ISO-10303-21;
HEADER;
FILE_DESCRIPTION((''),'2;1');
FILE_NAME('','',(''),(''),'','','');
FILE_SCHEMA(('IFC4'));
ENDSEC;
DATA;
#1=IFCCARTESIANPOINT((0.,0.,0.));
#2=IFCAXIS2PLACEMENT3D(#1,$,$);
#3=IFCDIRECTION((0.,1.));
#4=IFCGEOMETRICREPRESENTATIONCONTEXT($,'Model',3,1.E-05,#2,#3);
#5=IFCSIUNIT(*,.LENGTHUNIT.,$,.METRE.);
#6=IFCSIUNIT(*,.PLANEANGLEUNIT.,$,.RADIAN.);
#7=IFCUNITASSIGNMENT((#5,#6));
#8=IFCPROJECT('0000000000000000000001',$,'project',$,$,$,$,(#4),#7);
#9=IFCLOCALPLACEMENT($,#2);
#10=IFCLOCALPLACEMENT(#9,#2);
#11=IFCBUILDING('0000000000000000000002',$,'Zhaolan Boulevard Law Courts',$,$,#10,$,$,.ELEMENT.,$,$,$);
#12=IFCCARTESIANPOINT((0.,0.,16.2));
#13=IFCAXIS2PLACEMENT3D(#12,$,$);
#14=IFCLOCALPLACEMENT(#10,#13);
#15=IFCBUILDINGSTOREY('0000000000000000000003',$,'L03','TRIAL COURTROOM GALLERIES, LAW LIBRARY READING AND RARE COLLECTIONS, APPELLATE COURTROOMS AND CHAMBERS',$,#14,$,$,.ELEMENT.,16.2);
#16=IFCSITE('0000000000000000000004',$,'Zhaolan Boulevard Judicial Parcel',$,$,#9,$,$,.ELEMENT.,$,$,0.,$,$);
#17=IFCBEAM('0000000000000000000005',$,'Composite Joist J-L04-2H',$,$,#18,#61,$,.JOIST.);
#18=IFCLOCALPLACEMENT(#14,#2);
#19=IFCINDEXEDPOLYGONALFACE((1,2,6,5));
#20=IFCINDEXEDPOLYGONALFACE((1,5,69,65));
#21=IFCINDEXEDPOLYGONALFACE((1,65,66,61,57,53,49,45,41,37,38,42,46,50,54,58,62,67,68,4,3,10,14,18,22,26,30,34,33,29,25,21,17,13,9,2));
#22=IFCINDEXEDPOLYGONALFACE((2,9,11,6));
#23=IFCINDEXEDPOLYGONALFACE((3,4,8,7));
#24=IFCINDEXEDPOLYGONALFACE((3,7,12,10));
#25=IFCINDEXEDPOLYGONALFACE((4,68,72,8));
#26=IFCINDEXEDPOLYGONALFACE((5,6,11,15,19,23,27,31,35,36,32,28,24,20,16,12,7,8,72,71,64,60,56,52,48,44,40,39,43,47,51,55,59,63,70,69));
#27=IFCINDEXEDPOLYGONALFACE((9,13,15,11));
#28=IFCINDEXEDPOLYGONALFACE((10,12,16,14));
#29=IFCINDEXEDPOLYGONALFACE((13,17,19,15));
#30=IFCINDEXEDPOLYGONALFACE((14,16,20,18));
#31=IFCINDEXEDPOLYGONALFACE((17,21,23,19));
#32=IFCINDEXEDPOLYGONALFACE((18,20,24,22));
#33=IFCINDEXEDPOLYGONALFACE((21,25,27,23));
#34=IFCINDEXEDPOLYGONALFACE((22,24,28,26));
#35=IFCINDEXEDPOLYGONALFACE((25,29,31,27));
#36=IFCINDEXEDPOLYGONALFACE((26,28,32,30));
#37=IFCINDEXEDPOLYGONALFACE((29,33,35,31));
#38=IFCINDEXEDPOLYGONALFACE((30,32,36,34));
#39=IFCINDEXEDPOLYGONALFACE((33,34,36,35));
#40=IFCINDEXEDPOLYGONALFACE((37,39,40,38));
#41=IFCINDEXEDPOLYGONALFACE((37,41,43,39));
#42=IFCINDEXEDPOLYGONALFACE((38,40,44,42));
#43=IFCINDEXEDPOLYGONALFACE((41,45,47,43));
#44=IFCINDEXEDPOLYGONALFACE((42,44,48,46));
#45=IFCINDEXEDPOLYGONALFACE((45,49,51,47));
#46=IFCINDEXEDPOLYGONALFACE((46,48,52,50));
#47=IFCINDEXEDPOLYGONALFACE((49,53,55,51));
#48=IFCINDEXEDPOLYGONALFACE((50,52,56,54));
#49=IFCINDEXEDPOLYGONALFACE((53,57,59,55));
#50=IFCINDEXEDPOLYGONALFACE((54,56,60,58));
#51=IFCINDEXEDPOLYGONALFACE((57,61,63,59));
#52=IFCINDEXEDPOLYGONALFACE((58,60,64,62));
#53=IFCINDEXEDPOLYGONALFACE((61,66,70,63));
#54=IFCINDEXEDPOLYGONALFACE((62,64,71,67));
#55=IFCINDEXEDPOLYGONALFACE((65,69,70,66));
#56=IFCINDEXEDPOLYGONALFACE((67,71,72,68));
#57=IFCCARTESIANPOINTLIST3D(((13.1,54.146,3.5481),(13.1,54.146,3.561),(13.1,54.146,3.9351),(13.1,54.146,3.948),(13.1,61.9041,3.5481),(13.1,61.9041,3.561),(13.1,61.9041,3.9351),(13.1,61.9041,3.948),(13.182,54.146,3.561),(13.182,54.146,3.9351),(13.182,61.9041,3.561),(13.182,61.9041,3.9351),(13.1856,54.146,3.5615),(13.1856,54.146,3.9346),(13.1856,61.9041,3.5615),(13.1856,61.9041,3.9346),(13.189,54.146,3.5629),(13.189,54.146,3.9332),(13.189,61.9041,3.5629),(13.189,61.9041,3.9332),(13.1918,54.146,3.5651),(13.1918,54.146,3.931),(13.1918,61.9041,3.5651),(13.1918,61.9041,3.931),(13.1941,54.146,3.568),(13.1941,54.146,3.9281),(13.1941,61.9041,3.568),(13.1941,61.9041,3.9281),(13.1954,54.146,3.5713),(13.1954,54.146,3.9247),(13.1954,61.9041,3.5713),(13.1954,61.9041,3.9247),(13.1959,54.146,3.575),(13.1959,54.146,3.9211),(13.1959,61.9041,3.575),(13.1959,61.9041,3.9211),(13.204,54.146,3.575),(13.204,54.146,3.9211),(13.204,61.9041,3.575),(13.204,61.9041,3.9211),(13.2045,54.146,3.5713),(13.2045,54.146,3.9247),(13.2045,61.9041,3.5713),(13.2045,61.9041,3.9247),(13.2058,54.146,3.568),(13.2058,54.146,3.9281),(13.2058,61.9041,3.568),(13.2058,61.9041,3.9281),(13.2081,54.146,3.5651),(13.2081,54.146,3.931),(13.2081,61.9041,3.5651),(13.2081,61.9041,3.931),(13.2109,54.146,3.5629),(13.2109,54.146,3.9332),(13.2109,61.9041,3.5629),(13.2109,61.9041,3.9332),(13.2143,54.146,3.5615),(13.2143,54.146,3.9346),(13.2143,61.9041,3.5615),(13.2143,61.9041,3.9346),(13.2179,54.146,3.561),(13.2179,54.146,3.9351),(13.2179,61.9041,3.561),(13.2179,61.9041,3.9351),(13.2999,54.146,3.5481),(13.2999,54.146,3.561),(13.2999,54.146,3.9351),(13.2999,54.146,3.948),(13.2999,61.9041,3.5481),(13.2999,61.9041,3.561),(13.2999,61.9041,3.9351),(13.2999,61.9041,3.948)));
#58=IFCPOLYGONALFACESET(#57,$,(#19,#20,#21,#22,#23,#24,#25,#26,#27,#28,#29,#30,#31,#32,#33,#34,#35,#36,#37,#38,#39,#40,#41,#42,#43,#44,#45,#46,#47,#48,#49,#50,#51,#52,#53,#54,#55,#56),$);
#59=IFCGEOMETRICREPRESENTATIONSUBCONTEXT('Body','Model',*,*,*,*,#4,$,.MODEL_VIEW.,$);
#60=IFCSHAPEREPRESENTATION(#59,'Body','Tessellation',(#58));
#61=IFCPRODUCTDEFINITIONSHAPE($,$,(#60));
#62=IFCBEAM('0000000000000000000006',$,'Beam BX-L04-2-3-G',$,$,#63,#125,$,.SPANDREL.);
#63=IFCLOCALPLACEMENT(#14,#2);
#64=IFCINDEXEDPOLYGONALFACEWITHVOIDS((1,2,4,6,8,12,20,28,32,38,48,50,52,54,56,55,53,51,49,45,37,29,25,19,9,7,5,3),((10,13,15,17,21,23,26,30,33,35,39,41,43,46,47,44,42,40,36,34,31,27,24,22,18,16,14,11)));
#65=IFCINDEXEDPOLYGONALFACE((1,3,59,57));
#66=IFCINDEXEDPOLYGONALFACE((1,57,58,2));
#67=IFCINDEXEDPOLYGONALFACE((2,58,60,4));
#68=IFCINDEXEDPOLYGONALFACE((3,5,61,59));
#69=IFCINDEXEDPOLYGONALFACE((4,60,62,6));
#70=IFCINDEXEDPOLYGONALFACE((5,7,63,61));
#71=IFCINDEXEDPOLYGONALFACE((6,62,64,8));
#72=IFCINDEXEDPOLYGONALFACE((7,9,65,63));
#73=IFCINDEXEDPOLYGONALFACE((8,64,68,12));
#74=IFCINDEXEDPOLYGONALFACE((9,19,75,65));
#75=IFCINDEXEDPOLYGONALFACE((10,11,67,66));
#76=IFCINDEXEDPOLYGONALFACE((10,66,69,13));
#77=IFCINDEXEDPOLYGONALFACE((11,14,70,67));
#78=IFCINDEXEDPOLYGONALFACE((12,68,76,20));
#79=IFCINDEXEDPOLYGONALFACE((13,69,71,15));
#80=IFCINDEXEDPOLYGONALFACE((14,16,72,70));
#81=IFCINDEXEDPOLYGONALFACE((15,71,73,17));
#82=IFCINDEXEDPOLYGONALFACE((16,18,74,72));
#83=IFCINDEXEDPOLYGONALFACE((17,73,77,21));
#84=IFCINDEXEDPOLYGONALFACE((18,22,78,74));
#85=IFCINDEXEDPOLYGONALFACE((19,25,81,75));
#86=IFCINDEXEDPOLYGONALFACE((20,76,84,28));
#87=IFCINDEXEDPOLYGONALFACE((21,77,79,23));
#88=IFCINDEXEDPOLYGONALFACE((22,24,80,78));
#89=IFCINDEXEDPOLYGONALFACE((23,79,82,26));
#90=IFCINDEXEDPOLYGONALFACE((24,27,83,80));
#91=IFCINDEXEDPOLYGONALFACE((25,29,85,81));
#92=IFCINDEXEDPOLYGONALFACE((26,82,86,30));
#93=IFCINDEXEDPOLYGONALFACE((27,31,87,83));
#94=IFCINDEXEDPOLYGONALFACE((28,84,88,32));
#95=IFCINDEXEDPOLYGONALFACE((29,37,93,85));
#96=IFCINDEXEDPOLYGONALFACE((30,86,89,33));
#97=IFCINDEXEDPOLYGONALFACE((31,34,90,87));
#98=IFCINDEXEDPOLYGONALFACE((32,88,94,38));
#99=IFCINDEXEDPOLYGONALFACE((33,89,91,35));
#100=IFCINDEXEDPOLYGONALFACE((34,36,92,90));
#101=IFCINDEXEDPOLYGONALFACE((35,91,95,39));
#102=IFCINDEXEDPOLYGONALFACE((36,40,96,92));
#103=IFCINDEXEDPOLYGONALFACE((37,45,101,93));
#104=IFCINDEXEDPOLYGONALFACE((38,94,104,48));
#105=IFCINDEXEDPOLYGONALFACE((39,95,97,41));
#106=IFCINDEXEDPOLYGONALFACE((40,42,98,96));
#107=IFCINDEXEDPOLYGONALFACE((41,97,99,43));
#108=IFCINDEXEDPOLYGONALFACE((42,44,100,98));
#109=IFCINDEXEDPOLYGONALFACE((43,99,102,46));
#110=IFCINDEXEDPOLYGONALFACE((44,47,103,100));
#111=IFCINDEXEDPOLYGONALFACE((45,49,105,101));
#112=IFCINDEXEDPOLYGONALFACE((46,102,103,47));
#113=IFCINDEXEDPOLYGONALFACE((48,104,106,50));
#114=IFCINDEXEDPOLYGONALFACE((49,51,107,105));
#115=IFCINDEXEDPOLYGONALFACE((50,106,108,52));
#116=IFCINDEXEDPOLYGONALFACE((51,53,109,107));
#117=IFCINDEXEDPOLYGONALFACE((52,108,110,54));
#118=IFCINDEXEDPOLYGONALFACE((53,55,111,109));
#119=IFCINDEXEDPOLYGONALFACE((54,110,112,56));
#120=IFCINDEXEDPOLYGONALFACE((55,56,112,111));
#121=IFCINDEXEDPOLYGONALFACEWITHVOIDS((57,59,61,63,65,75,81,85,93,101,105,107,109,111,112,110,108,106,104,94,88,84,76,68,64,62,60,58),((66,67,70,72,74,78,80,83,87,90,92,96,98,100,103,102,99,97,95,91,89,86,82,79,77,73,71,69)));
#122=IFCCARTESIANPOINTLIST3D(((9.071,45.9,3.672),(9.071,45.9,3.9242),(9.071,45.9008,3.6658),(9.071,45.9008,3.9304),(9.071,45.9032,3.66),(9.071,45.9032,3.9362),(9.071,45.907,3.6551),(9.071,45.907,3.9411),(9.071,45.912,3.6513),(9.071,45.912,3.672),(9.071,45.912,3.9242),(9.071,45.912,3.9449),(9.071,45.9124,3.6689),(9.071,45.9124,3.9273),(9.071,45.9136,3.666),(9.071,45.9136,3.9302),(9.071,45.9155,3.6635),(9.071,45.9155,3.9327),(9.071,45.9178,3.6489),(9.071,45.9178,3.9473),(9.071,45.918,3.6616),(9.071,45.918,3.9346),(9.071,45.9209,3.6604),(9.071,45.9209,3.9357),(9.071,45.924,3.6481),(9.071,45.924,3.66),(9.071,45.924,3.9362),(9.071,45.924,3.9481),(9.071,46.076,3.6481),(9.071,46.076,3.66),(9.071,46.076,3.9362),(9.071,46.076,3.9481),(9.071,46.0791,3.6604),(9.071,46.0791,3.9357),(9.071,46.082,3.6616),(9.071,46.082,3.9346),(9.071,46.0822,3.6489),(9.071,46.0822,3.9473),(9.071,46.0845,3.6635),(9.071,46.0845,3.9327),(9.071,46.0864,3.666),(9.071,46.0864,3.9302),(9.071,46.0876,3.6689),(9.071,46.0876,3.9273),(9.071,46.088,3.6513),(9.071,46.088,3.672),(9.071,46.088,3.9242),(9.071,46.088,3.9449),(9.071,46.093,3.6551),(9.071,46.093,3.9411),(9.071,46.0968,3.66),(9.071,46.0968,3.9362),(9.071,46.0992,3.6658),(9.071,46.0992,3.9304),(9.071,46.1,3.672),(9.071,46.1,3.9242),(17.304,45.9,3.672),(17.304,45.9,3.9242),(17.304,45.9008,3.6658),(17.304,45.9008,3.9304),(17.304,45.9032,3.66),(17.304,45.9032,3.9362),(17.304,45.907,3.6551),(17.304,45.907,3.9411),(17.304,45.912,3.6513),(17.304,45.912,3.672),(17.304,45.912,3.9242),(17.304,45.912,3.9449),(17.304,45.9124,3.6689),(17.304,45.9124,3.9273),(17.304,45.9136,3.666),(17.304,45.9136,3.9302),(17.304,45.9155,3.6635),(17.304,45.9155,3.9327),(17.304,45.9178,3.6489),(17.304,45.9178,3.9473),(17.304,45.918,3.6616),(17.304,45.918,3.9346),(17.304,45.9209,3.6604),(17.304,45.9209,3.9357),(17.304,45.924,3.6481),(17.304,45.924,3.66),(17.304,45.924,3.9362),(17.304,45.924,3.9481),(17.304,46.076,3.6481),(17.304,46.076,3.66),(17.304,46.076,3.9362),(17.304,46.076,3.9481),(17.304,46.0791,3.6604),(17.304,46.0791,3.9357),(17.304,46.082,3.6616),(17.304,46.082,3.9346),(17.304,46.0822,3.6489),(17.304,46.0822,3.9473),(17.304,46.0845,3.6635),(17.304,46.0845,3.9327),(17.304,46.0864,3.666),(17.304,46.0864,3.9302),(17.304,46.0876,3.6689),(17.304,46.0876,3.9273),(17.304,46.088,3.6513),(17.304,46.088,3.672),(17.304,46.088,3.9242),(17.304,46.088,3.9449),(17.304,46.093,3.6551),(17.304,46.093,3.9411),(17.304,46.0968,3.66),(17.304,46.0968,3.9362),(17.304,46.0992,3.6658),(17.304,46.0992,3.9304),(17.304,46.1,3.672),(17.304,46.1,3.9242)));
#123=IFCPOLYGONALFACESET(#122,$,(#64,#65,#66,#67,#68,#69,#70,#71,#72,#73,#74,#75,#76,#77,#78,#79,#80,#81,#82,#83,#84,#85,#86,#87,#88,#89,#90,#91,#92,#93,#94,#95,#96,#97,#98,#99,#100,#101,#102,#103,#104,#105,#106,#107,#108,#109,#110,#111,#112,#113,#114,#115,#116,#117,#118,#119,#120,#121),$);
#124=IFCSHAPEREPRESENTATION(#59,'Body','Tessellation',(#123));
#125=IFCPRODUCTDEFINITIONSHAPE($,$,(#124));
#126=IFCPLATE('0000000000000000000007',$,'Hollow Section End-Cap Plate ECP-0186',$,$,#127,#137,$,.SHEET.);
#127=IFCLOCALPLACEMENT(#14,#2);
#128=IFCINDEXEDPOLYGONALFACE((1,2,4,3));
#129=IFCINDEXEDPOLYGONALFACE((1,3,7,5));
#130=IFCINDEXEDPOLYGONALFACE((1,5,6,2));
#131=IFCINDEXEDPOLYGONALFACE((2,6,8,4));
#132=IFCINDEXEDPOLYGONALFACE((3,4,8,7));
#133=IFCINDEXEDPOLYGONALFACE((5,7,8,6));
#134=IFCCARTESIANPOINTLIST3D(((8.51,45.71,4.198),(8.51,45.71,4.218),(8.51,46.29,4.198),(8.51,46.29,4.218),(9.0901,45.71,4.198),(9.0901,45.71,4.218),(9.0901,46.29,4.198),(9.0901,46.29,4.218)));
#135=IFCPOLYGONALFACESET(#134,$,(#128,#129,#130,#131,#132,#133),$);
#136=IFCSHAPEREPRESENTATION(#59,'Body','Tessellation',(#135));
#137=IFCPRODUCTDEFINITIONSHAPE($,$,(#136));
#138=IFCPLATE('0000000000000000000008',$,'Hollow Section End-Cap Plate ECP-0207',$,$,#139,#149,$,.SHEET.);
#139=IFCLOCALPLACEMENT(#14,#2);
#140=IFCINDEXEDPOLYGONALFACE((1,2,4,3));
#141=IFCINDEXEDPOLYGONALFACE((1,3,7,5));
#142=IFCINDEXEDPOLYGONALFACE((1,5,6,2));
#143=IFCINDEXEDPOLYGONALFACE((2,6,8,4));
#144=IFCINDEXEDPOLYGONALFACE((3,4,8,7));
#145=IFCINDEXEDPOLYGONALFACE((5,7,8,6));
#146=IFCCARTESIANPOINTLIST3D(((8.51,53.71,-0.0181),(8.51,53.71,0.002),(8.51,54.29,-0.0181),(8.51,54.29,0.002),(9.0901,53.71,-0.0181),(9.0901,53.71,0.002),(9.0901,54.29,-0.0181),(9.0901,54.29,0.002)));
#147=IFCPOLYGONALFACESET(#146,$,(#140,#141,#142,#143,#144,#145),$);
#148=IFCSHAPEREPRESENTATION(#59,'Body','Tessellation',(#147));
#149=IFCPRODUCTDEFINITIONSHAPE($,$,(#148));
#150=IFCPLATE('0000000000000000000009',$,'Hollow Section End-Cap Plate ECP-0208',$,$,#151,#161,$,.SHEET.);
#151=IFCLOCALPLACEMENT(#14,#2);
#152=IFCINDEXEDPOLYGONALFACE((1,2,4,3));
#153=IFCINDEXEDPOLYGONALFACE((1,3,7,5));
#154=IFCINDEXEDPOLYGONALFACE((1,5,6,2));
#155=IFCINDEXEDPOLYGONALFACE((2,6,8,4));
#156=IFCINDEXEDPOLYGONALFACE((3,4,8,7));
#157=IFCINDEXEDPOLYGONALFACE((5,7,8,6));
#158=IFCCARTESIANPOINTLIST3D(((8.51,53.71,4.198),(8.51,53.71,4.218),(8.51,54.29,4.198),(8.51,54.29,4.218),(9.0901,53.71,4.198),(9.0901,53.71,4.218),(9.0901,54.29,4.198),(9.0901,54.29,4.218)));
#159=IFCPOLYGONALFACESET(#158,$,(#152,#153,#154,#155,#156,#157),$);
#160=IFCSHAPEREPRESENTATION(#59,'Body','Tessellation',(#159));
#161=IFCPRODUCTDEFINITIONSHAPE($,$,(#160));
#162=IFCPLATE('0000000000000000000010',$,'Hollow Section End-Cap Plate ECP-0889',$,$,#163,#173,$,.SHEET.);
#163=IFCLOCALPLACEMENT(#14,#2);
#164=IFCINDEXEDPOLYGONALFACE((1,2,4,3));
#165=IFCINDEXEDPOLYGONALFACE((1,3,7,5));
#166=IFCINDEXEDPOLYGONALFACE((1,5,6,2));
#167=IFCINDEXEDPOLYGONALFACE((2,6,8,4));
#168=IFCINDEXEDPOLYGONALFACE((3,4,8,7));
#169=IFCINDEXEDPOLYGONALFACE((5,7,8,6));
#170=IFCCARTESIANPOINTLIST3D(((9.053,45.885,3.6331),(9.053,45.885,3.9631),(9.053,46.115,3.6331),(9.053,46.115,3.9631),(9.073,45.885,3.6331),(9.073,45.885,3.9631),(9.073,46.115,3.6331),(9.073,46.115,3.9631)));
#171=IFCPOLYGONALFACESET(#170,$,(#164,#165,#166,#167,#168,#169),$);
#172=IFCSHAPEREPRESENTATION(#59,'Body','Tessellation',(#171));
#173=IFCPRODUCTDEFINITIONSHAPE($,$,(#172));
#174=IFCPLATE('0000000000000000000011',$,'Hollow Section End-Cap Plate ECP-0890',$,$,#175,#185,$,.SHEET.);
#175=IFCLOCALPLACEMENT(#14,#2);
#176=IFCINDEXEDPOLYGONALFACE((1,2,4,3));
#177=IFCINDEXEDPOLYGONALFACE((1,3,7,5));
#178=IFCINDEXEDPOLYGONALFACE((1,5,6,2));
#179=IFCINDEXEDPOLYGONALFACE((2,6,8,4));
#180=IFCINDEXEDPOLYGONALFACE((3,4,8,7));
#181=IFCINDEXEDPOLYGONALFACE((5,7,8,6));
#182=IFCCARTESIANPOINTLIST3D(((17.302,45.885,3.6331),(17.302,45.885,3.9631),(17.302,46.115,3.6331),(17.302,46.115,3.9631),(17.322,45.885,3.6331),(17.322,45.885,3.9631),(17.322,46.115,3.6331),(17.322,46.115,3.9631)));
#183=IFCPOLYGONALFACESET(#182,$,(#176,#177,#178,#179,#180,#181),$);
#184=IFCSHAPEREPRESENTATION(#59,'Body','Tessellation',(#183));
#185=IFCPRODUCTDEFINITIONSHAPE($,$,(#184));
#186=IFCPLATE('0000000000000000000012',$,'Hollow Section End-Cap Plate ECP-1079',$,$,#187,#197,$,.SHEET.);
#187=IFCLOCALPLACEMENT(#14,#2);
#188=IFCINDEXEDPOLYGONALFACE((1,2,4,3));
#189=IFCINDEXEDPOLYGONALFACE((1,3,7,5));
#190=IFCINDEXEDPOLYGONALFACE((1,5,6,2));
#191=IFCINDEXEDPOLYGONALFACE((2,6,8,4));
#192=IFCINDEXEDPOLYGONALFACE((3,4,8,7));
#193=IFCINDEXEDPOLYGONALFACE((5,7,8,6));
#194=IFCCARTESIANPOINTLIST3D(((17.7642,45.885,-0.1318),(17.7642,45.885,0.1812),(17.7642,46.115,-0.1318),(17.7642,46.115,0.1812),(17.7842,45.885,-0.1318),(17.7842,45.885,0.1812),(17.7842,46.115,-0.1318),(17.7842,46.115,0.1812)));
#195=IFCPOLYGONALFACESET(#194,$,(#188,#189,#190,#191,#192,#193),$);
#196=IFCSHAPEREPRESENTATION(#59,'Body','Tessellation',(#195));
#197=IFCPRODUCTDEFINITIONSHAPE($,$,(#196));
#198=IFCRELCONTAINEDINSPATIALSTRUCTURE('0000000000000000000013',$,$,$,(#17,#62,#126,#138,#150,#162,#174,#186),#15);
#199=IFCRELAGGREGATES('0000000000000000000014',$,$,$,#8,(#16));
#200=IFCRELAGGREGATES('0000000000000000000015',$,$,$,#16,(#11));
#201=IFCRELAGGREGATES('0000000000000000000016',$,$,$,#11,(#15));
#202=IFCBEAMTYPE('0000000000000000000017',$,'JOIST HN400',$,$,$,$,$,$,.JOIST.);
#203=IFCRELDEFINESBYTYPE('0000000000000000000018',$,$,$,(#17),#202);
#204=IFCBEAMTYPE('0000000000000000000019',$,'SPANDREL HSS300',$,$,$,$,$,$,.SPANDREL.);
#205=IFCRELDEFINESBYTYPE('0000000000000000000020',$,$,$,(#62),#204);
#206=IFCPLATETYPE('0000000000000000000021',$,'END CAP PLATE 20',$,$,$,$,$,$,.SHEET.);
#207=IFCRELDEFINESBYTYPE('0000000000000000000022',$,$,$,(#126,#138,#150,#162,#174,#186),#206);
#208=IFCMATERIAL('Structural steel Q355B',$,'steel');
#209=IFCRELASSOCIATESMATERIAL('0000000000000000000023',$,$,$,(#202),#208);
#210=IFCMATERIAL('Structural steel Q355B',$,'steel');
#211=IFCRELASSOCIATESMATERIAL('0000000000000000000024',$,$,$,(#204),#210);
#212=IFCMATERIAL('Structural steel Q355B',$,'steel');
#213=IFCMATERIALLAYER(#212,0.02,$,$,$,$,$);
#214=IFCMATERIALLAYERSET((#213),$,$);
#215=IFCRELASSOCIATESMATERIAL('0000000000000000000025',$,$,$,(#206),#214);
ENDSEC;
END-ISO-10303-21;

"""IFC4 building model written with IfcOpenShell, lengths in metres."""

from ifc_helpers import new_model, si_unit, direction, frame, origin, origin_2d, place, context, subcontext, project, spatial, rectangle, hollow_rectangle, i_section, extrude, material, layer, layer_set, material_profile, profile_set, type_object, element, save


model = new_model("IFC4")

# Units and contexts
model_context = context("Model", 3, precision=1e-05, world=origin(), true_north=direction((0.0, 1.0)))
body_context = subcontext(model_context, "Body", "Model", "MODEL_VIEW")
ifc_project = project(units=[si_unit("LENGTHUNIT", "METRE"), si_unit("PLANEANGLEUNIT", "RADIAN")], contexts=[model_context])

# Site, building, storey
site_placement = place(None, origin())
site = spatial("IfcSite", under=ifc_project, at=site_placement, Name="Zhaolan Boulevard Judicial Parcel", CompositionType="ELEMENT", RefElevation=0.0)
building_placement = place(site_placement, origin())
building = spatial("IfcBuilding", under=site, at=building_placement, Name="Zhaolan Boulevard Law Courts", CompositionType="ELEMENT")
storey_placement = place(building_placement, frame((0.0, 0.0, 16.2)))
storey = spatial("IfcBuildingStorey", under=building, at=storey_placement, Name="L03", Description="TRIAL COURTROOM GALLERIES, LAW LIBRARY READING AND RARE COLLECTIONS, APPELLATE COURTROOMS AND CHAMBERS", CompositionType="ELEMENT", Elevation=16.2)

# Beams
ifc_material_1 = material(Name="Structural steel Q355B", Category="steel")
ifc_material_profile_1 = material_profile(ifc_material_1, i_section(OverallWidth=0.2, OverallDepth=0.3999, WebThickness=0.0081, FlangeThickness=0.0129, FilletRadius=0.0139, at=origin_2d()), Name="HN400x200")
ifc_profile_set_1 = profile_set([ifc_material_profile_1], Name="Structural steel Q355B")
beam_type_1 = type_object("IfcBeamType", Name="JOIST HN400", PredefinedType="JOIST", material=ifc_profile_set_1)
beam_1_placement = place(storey_placement, frame((13.2, 54.146, 3.748), z_axis=(0.0, 1.0, 0.0), x_axis=(-1.0, 0.0, 0.0)))
element("IfcBeam", 1, at=beam_1_placement, inside=storey, type_object=beam_type_1, Name="Composite Joist J-L04-2H", PredefinedType="JOIST", context=body_context, shape_type="SweptSolid", body=[
    extrude(i_section(OverallWidth=0.2, OverallDepth=0.3999, WebThickness=0.0081, FlangeThickness=0.0129, FilletRadius=0.0139, at=origin_2d()), origin(), (0.0, 0.0, 1.0), 7.7581),
])
ifc_material_2 = material(Name="Structural steel Q355B", Category="steel")
ifc_material_profile_2 = material_profile(ifc_material_2, hollow_rectangle(XDim=0.2, YDim=0.3, WallThickness=0.012, InnerFilletRadius=0.012, OuterFilletRadius=0.0239, at=origin_2d()), Name="HSS300x200x12")
ifc_profile_set_2 = profile_set([ifc_material_profile_2], Name="Structural steel Q355B")
beam_type_2 = type_object("IfcBeamType", Name="SPANDREL HSS300", PredefinedType="SPANDREL", material=ifc_profile_set_2)
beam_2_placement = place(storey_placement, frame((9.071, 46.0, 3.7981), z_axis=(1.0, 0.0, 0.0), x_axis=(0.0, 1.0, 0.0)))
element("IfcBeam", 2, at=beam_2_placement, inside=storey, type_object=beam_type_2, Name="Beam BX-L04-2-3-G", PredefinedType="SPANDREL", context=body_context, shape_type="SweptSolid", body=[
    extrude(hollow_rectangle(XDim=0.2, YDim=0.3, WallThickness=0.012, InnerFilletRadius=0.012, OuterFilletRadius=0.0239, at=origin_2d()), origin(), (0.0, 0.0, 1.0), 8.2329),
])

# Plates
ifc_material_3 = material(Name="Structural steel Q355B", Category="steel")
ifc_layer_1 = layer(ifc_material_3, 0.02)
ifc_layer_set_1 = layer_set([ifc_layer_1])
plate_type = type_object("IfcPlateType", Name="END CAP PLATE 20", PredefinedType="SHEET", material=ifc_layer_set_1)
for number, where, z_axis, x_axis, name in (
    (3, (8.8, 46.0, 4.198), (0.0, 0.0, 1.0), (1.0, 0.0, 0.0), "Hollow Section End-Cap Plate ECP-0186"),
    (4, (8.8, 54.0, -0.0181), (0.0, 0.0, 1.0), (1.0, 0.0, 0.0), "Hollow Section End-Cap Plate ECP-0207"),
    (5, (8.8, 54.0, 4.198), (0.0, 0.0, 1.0), (1.0, 0.0, 0.0), "Hollow Section End-Cap Plate ECP-0208"),
):
    element("IfcPlate", number, at=place(storey_placement, frame(where, z_axis=z_axis, x_axis=x_axis)), inside=storey, type_object=plate_type, Name=name, PredefinedType="SHEET", context=body_context, shape_type="SweptSolid", body=[
        extrude(rectangle(XDim=0.5801, YDim=0.5801, at=origin_2d()), origin(), (0.0, 0.0, 1.0), 0.02),
    ])
for number, where, z_axis, x_axis, name in (
    (6, (9.063, 46.0, 3.6331), (0.0, 0.0, 1.0), (1.0, 0.0, 0.0), "Hollow Section End-Cap Plate ECP-0889"),
    (7, (17.312, 46.0, 3.6331), (0.0, 0.0, 1.0), (1.0, 0.0, 0.0), "Hollow Section End-Cap Plate ECP-0890"),
):
    element("IfcPlate", number, at=place(storey_placement, frame(where, z_axis=z_axis, x_axis=x_axis)), inside=storey, type_object=plate_type, Name=name, PredefinedType="SHEET", context=body_context, shape_type="SweptSolid", body=[
        extrude(rectangle(XDim=0.02, YDim=0.23, at=origin_2d()), origin(), (0.0, 0.0, 1.0), 0.3301),
    ])
plate_placement = place(storey_placement, frame((17.7742, 46.0, -0.1318), z_axis=(0.0, 0.0, 1.0), x_axis=(1.0, 0.0, 0.0)))
element("IfcPlate", 8, at=plate_placement, inside=storey, type_object=plate_type, Name="Hollow Section End-Cap Plate ECP-1079", PredefinedType="SHEET", context=body_context, shape_type="SweptSolid", body=[
    extrude(rectangle(XDim=0.02, YDim=0.23, at=origin_2d()), origin(), (0.0, 0.0, 1.0), 0.313),
])

save(model, "model.ifc")
